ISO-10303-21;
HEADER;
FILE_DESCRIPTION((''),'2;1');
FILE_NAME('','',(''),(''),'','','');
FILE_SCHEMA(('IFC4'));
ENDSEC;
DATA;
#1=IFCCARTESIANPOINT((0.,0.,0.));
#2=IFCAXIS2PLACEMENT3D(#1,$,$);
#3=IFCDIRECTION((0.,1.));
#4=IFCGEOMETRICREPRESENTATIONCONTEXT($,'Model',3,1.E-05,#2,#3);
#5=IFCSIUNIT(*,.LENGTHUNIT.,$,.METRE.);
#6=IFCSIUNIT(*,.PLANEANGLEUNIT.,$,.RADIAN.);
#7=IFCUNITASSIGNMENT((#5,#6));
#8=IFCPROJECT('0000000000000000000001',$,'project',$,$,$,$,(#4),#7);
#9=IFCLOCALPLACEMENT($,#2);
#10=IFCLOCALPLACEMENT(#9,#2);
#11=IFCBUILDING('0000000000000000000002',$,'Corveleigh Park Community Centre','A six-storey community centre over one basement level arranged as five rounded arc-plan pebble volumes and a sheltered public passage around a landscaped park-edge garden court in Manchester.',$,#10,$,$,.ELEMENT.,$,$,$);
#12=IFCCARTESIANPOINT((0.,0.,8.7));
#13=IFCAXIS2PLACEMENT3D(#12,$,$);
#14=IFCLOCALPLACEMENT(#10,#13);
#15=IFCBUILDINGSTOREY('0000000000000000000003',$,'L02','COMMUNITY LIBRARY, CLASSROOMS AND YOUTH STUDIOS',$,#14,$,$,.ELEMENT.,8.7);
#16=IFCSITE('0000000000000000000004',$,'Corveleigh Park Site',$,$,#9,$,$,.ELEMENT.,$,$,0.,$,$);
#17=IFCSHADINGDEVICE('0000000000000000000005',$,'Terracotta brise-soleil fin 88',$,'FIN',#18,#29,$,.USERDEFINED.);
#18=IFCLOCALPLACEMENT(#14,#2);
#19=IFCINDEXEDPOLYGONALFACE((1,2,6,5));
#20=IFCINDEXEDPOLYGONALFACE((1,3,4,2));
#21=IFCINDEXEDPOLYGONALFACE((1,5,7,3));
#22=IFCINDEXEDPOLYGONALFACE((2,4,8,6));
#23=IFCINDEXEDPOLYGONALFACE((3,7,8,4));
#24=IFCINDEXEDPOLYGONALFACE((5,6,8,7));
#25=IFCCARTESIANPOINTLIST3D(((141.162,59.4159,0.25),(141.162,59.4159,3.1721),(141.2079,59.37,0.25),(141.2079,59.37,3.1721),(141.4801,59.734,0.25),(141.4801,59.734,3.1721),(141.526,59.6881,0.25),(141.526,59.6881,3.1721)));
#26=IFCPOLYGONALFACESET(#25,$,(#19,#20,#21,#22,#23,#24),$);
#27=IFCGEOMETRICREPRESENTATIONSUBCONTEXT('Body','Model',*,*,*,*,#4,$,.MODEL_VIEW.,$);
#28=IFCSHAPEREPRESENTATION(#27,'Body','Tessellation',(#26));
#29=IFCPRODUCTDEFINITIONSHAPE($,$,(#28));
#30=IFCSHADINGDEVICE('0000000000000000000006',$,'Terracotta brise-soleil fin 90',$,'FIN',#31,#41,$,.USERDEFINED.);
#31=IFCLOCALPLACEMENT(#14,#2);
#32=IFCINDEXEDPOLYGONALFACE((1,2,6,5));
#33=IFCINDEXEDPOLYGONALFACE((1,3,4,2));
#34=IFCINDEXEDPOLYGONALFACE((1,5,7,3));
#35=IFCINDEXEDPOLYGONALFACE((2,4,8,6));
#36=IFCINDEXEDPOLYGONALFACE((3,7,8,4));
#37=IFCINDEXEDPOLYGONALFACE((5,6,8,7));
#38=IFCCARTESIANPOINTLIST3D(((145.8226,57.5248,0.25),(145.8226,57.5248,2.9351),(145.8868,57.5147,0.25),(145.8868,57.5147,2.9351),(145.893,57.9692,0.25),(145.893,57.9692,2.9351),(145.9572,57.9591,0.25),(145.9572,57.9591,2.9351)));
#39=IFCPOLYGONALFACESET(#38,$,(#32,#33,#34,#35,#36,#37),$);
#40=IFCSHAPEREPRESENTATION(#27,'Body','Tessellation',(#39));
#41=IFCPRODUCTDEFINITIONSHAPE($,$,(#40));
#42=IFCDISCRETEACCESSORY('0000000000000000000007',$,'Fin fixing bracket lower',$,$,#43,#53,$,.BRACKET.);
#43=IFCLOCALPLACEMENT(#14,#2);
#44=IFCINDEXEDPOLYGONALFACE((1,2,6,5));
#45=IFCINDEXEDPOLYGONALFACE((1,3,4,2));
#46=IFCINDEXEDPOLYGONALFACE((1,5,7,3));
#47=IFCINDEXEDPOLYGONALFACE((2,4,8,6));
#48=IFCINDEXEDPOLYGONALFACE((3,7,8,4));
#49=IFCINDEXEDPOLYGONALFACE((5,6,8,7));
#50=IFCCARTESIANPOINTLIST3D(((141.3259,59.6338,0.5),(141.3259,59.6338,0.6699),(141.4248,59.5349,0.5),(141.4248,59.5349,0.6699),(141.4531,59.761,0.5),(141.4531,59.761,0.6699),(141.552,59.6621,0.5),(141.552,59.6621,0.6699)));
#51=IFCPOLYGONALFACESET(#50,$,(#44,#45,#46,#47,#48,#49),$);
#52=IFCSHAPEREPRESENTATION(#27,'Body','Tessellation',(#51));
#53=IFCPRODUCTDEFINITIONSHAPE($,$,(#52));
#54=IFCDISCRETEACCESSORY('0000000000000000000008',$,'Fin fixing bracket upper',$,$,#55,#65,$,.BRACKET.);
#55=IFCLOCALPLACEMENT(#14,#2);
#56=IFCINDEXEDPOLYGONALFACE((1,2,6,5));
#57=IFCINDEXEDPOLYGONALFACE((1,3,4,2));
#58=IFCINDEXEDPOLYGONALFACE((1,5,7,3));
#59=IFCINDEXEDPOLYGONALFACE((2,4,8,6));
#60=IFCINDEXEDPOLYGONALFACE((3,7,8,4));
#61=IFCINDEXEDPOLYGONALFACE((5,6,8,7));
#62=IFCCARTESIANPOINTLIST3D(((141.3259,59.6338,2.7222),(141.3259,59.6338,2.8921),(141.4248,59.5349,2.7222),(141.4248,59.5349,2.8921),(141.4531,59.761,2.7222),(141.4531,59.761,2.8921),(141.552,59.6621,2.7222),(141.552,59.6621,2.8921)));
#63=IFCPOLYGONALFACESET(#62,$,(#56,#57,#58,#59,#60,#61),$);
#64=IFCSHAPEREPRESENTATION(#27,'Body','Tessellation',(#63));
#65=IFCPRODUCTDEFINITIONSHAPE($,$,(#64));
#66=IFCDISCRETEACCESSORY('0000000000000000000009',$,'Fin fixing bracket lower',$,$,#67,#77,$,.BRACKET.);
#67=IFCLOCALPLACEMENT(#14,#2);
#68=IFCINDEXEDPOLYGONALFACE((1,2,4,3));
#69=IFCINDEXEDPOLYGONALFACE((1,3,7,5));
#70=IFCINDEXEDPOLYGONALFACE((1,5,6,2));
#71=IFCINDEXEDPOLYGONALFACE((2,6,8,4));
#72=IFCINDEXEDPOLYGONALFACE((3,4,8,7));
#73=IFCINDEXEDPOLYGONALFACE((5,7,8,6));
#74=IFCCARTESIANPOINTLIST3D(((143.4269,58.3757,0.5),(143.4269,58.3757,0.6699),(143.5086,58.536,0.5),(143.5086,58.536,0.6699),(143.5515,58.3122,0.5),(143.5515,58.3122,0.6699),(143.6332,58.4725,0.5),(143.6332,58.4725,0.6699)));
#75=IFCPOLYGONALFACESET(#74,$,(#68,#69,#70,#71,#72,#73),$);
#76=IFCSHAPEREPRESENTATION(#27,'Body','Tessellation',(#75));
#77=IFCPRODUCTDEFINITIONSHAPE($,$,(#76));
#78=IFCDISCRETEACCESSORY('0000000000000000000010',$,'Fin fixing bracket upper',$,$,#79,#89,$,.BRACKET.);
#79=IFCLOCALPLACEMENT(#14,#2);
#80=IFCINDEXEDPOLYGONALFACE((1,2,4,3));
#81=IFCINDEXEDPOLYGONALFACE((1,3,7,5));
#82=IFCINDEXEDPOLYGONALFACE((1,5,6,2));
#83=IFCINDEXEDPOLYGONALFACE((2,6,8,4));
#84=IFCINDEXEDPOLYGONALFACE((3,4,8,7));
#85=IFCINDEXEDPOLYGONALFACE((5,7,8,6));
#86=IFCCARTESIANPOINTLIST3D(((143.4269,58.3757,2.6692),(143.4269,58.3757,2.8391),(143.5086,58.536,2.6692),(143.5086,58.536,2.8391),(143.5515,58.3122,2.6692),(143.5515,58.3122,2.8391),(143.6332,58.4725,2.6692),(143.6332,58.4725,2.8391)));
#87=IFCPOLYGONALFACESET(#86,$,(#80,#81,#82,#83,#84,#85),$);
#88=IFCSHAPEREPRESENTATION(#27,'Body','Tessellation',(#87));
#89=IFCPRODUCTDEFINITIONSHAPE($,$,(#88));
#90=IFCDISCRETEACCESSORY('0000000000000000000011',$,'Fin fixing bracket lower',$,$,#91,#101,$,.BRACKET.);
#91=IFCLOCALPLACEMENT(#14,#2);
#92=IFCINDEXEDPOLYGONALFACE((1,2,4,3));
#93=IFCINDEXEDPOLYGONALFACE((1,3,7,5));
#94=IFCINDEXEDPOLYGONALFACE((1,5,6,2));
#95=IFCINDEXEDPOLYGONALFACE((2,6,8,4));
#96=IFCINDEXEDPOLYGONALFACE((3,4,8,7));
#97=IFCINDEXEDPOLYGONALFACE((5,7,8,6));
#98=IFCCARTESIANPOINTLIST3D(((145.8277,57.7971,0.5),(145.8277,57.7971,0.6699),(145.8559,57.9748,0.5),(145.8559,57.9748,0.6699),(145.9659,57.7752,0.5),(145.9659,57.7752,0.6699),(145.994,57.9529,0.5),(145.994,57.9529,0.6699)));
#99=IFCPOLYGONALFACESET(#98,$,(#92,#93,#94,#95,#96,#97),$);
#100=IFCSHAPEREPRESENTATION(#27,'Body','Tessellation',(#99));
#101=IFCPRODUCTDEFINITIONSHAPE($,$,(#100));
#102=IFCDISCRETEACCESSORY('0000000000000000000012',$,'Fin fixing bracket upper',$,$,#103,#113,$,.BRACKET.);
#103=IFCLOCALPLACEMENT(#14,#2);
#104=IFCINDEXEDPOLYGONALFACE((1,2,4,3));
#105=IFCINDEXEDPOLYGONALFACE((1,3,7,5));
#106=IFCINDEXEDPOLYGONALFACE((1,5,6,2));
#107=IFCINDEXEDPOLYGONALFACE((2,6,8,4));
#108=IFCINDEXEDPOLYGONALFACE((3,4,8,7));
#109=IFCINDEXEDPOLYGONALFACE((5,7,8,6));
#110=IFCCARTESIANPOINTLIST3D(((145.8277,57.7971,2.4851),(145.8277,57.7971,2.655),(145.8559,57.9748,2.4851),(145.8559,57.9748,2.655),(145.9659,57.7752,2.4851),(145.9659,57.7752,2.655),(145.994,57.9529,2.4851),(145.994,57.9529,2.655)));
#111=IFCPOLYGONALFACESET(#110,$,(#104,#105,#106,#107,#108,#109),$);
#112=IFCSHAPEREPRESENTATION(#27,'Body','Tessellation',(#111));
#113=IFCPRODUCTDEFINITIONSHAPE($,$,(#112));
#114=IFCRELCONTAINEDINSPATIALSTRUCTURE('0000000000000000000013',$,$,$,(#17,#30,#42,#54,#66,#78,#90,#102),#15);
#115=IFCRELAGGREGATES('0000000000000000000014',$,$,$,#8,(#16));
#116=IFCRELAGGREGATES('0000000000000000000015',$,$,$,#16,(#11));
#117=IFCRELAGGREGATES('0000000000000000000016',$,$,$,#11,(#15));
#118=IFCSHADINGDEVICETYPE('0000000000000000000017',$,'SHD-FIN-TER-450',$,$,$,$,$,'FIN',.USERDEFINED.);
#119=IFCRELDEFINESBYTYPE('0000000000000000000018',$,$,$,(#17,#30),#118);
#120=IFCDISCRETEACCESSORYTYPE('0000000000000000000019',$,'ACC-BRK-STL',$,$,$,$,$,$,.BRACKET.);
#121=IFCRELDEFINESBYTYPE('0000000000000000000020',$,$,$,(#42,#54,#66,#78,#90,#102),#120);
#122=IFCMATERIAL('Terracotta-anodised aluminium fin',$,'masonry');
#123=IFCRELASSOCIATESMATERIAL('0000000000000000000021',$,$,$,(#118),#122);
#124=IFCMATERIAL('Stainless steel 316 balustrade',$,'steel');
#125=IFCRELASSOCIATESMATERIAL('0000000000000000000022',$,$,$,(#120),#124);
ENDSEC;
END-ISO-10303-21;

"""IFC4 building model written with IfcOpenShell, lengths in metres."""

from ifc_helpers import new_model, si_unit, direction, frame, origin, origin_2d, place, context, subcontext, project, spatial, rectangle, extrude, material, type_object, element, save


model = new_model("IFC4")

# Units and contexts
model_context = context("Model", 3, precision=1e-05, world=origin(), true_north=direction((0.0, 1.0)))
body_context = subcontext(model_context, "Body", "Model", "MODEL_VIEW")
ifc_project = project(units=[si_unit("LENGTHUNIT", "METRE"), si_unit("PLANEANGLEUNIT", "RADIAN")], contexts=[model_context])

# Site, building, storey
site_placement = place(None, origin())
site = spatial("IfcSite", under=ifc_project, at=site_placement, Name="Corveleigh Park Site", CompositionType="ELEMENT", RefElevation=0.0)
building_placement = place(site_placement, origin())
building = spatial("IfcBuilding", under=site, at=building_placement, Name="Corveleigh Park Community Centre", Description="A six-storey community centre over one basement level arranged as five rounded arc-plan pebble volumes and a sheltered public passage around a landscaped park-edge garden court in Manchester.", CompositionType="ELEMENT")
storey_placement = place(building_placement, frame((0.0, 0.0, 8.7)))
storey = spatial("IfcBuildingStorey", under=building, at=storey_placement, Name="L02", Description="COMMUNITY LIBRARY, CLASSROOMS AND YOUTH STUDIOS", CompositionType="ELEMENT", Elevation=8.7)

# Shading devices
ifc_material_1 = material(Name="Terracotta-anodised aluminium fin", Category="masonry")
shading_device_type_1 = type_object("IfcShadingDeviceType", Name="SHD-FIN-TER-450", ElementType="FIN", PredefinedType="USERDEFINED", material=ifc_material_1)
shading_device_1_placement = place(storey_placement, frame((141.344, 59.552, 0.25), z_axis=(0.0, 0.0, 1.0), x_axis=(-0.707107, -0.707107, 0.0)))
element("IfcShadingDevice", 1, at=shading_device_1_placement, inside=storey, type_object=shading_device_type_1, Name="Terracotta brise-soleil fin 88", ObjectType="FIN", PredefinedType="USERDEFINED", context=body_context, shape_type="SweptSolid", body=[
    extrude(rectangle(XDim=0.45, YDim=0.0649, at=origin_2d()), origin(), (0.0, 0.0, 1.0), 2.9221),
])
shading_device_2_placement = place(storey_placement, frame((145.8899, 57.7419, 0.25), z_axis=(0.0, 0.0, 1.0), x_axis=(-0.156448, -0.987686, 0.0)))
element("IfcShadingDevice", 2, at=shading_device_2_placement, inside=storey, type_object=shading_device_type_1, Name="Terracotta brise-soleil fin 90", ObjectType="FIN", PredefinedType="USERDEFINED", context=body_context, shape_type="SweptSolid", body=[
    extrude(rectangle(XDim=0.45, YDim=0.0649, at=origin_2d()), origin(), (0.0, 0.0, 1.0), 2.6851),
])

# Discrete accessories
ifc_material_2 = material(Name="Stainless steel 316 balustrade", Category="steel")
discrete_accessory_type = type_object("IfcDiscreteAccessoryType", Name="ACC-BRK-STL", PredefinedType="BRACKET", material=ifc_material_2)
for number, where, z_axis, x_axis, name in (
    (3, (141.439, 59.6479, 0.5), (0.0, 0.0, 1.0), (-0.707107, -0.707107, 0.0), "Fin fixing bracket lower"),
    (4, (141.439, 59.6479, 2.7222), (0.0, 0.0, 1.0), (-0.707107, -0.707107, 0.0), "Fin fixing bracket upper"),
    (5, (143.53, 58.4241, 0.5), (0.0, 0.0, 1.0), (-0.454154, -0.890923, 0.0), "Fin fixing bracket lower"),
    (6, (143.53, 58.4241, 2.6692), (0.0, 0.0, 1.0), (-0.454154, -0.890923, 0.0), "Fin fixing bracket upper"),
    (7, (145.9109, 57.875, 0.5), (0.0, 0.0, 1.0), (-0.156448, -0.987686, 0.0), "Fin fixing bracket lower"),
    (8, (145.9109, 57.875, 2.4851), (0.0, 0.0, 1.0), (-0.156448, -0.987686, 0.0), "Fin fixing bracket upper"),
):
    element("IfcDiscreteAccessory", number, at=place(storey_placement, frame(where, z_axis=z_axis, x_axis=x_axis)), inside=storey, type_object=discrete_accessory_type, Name=name, PredefinedType="BRACKET", context=body_context, shape_type="SweptSolid", body=[
        extrude(rectangle(XDim=0.1799, YDim=0.1399, at=origin_2d()), origin(), (0.0, 0.0, 1.0), 0.1699),
    ])

save(model, "model.ifc")
